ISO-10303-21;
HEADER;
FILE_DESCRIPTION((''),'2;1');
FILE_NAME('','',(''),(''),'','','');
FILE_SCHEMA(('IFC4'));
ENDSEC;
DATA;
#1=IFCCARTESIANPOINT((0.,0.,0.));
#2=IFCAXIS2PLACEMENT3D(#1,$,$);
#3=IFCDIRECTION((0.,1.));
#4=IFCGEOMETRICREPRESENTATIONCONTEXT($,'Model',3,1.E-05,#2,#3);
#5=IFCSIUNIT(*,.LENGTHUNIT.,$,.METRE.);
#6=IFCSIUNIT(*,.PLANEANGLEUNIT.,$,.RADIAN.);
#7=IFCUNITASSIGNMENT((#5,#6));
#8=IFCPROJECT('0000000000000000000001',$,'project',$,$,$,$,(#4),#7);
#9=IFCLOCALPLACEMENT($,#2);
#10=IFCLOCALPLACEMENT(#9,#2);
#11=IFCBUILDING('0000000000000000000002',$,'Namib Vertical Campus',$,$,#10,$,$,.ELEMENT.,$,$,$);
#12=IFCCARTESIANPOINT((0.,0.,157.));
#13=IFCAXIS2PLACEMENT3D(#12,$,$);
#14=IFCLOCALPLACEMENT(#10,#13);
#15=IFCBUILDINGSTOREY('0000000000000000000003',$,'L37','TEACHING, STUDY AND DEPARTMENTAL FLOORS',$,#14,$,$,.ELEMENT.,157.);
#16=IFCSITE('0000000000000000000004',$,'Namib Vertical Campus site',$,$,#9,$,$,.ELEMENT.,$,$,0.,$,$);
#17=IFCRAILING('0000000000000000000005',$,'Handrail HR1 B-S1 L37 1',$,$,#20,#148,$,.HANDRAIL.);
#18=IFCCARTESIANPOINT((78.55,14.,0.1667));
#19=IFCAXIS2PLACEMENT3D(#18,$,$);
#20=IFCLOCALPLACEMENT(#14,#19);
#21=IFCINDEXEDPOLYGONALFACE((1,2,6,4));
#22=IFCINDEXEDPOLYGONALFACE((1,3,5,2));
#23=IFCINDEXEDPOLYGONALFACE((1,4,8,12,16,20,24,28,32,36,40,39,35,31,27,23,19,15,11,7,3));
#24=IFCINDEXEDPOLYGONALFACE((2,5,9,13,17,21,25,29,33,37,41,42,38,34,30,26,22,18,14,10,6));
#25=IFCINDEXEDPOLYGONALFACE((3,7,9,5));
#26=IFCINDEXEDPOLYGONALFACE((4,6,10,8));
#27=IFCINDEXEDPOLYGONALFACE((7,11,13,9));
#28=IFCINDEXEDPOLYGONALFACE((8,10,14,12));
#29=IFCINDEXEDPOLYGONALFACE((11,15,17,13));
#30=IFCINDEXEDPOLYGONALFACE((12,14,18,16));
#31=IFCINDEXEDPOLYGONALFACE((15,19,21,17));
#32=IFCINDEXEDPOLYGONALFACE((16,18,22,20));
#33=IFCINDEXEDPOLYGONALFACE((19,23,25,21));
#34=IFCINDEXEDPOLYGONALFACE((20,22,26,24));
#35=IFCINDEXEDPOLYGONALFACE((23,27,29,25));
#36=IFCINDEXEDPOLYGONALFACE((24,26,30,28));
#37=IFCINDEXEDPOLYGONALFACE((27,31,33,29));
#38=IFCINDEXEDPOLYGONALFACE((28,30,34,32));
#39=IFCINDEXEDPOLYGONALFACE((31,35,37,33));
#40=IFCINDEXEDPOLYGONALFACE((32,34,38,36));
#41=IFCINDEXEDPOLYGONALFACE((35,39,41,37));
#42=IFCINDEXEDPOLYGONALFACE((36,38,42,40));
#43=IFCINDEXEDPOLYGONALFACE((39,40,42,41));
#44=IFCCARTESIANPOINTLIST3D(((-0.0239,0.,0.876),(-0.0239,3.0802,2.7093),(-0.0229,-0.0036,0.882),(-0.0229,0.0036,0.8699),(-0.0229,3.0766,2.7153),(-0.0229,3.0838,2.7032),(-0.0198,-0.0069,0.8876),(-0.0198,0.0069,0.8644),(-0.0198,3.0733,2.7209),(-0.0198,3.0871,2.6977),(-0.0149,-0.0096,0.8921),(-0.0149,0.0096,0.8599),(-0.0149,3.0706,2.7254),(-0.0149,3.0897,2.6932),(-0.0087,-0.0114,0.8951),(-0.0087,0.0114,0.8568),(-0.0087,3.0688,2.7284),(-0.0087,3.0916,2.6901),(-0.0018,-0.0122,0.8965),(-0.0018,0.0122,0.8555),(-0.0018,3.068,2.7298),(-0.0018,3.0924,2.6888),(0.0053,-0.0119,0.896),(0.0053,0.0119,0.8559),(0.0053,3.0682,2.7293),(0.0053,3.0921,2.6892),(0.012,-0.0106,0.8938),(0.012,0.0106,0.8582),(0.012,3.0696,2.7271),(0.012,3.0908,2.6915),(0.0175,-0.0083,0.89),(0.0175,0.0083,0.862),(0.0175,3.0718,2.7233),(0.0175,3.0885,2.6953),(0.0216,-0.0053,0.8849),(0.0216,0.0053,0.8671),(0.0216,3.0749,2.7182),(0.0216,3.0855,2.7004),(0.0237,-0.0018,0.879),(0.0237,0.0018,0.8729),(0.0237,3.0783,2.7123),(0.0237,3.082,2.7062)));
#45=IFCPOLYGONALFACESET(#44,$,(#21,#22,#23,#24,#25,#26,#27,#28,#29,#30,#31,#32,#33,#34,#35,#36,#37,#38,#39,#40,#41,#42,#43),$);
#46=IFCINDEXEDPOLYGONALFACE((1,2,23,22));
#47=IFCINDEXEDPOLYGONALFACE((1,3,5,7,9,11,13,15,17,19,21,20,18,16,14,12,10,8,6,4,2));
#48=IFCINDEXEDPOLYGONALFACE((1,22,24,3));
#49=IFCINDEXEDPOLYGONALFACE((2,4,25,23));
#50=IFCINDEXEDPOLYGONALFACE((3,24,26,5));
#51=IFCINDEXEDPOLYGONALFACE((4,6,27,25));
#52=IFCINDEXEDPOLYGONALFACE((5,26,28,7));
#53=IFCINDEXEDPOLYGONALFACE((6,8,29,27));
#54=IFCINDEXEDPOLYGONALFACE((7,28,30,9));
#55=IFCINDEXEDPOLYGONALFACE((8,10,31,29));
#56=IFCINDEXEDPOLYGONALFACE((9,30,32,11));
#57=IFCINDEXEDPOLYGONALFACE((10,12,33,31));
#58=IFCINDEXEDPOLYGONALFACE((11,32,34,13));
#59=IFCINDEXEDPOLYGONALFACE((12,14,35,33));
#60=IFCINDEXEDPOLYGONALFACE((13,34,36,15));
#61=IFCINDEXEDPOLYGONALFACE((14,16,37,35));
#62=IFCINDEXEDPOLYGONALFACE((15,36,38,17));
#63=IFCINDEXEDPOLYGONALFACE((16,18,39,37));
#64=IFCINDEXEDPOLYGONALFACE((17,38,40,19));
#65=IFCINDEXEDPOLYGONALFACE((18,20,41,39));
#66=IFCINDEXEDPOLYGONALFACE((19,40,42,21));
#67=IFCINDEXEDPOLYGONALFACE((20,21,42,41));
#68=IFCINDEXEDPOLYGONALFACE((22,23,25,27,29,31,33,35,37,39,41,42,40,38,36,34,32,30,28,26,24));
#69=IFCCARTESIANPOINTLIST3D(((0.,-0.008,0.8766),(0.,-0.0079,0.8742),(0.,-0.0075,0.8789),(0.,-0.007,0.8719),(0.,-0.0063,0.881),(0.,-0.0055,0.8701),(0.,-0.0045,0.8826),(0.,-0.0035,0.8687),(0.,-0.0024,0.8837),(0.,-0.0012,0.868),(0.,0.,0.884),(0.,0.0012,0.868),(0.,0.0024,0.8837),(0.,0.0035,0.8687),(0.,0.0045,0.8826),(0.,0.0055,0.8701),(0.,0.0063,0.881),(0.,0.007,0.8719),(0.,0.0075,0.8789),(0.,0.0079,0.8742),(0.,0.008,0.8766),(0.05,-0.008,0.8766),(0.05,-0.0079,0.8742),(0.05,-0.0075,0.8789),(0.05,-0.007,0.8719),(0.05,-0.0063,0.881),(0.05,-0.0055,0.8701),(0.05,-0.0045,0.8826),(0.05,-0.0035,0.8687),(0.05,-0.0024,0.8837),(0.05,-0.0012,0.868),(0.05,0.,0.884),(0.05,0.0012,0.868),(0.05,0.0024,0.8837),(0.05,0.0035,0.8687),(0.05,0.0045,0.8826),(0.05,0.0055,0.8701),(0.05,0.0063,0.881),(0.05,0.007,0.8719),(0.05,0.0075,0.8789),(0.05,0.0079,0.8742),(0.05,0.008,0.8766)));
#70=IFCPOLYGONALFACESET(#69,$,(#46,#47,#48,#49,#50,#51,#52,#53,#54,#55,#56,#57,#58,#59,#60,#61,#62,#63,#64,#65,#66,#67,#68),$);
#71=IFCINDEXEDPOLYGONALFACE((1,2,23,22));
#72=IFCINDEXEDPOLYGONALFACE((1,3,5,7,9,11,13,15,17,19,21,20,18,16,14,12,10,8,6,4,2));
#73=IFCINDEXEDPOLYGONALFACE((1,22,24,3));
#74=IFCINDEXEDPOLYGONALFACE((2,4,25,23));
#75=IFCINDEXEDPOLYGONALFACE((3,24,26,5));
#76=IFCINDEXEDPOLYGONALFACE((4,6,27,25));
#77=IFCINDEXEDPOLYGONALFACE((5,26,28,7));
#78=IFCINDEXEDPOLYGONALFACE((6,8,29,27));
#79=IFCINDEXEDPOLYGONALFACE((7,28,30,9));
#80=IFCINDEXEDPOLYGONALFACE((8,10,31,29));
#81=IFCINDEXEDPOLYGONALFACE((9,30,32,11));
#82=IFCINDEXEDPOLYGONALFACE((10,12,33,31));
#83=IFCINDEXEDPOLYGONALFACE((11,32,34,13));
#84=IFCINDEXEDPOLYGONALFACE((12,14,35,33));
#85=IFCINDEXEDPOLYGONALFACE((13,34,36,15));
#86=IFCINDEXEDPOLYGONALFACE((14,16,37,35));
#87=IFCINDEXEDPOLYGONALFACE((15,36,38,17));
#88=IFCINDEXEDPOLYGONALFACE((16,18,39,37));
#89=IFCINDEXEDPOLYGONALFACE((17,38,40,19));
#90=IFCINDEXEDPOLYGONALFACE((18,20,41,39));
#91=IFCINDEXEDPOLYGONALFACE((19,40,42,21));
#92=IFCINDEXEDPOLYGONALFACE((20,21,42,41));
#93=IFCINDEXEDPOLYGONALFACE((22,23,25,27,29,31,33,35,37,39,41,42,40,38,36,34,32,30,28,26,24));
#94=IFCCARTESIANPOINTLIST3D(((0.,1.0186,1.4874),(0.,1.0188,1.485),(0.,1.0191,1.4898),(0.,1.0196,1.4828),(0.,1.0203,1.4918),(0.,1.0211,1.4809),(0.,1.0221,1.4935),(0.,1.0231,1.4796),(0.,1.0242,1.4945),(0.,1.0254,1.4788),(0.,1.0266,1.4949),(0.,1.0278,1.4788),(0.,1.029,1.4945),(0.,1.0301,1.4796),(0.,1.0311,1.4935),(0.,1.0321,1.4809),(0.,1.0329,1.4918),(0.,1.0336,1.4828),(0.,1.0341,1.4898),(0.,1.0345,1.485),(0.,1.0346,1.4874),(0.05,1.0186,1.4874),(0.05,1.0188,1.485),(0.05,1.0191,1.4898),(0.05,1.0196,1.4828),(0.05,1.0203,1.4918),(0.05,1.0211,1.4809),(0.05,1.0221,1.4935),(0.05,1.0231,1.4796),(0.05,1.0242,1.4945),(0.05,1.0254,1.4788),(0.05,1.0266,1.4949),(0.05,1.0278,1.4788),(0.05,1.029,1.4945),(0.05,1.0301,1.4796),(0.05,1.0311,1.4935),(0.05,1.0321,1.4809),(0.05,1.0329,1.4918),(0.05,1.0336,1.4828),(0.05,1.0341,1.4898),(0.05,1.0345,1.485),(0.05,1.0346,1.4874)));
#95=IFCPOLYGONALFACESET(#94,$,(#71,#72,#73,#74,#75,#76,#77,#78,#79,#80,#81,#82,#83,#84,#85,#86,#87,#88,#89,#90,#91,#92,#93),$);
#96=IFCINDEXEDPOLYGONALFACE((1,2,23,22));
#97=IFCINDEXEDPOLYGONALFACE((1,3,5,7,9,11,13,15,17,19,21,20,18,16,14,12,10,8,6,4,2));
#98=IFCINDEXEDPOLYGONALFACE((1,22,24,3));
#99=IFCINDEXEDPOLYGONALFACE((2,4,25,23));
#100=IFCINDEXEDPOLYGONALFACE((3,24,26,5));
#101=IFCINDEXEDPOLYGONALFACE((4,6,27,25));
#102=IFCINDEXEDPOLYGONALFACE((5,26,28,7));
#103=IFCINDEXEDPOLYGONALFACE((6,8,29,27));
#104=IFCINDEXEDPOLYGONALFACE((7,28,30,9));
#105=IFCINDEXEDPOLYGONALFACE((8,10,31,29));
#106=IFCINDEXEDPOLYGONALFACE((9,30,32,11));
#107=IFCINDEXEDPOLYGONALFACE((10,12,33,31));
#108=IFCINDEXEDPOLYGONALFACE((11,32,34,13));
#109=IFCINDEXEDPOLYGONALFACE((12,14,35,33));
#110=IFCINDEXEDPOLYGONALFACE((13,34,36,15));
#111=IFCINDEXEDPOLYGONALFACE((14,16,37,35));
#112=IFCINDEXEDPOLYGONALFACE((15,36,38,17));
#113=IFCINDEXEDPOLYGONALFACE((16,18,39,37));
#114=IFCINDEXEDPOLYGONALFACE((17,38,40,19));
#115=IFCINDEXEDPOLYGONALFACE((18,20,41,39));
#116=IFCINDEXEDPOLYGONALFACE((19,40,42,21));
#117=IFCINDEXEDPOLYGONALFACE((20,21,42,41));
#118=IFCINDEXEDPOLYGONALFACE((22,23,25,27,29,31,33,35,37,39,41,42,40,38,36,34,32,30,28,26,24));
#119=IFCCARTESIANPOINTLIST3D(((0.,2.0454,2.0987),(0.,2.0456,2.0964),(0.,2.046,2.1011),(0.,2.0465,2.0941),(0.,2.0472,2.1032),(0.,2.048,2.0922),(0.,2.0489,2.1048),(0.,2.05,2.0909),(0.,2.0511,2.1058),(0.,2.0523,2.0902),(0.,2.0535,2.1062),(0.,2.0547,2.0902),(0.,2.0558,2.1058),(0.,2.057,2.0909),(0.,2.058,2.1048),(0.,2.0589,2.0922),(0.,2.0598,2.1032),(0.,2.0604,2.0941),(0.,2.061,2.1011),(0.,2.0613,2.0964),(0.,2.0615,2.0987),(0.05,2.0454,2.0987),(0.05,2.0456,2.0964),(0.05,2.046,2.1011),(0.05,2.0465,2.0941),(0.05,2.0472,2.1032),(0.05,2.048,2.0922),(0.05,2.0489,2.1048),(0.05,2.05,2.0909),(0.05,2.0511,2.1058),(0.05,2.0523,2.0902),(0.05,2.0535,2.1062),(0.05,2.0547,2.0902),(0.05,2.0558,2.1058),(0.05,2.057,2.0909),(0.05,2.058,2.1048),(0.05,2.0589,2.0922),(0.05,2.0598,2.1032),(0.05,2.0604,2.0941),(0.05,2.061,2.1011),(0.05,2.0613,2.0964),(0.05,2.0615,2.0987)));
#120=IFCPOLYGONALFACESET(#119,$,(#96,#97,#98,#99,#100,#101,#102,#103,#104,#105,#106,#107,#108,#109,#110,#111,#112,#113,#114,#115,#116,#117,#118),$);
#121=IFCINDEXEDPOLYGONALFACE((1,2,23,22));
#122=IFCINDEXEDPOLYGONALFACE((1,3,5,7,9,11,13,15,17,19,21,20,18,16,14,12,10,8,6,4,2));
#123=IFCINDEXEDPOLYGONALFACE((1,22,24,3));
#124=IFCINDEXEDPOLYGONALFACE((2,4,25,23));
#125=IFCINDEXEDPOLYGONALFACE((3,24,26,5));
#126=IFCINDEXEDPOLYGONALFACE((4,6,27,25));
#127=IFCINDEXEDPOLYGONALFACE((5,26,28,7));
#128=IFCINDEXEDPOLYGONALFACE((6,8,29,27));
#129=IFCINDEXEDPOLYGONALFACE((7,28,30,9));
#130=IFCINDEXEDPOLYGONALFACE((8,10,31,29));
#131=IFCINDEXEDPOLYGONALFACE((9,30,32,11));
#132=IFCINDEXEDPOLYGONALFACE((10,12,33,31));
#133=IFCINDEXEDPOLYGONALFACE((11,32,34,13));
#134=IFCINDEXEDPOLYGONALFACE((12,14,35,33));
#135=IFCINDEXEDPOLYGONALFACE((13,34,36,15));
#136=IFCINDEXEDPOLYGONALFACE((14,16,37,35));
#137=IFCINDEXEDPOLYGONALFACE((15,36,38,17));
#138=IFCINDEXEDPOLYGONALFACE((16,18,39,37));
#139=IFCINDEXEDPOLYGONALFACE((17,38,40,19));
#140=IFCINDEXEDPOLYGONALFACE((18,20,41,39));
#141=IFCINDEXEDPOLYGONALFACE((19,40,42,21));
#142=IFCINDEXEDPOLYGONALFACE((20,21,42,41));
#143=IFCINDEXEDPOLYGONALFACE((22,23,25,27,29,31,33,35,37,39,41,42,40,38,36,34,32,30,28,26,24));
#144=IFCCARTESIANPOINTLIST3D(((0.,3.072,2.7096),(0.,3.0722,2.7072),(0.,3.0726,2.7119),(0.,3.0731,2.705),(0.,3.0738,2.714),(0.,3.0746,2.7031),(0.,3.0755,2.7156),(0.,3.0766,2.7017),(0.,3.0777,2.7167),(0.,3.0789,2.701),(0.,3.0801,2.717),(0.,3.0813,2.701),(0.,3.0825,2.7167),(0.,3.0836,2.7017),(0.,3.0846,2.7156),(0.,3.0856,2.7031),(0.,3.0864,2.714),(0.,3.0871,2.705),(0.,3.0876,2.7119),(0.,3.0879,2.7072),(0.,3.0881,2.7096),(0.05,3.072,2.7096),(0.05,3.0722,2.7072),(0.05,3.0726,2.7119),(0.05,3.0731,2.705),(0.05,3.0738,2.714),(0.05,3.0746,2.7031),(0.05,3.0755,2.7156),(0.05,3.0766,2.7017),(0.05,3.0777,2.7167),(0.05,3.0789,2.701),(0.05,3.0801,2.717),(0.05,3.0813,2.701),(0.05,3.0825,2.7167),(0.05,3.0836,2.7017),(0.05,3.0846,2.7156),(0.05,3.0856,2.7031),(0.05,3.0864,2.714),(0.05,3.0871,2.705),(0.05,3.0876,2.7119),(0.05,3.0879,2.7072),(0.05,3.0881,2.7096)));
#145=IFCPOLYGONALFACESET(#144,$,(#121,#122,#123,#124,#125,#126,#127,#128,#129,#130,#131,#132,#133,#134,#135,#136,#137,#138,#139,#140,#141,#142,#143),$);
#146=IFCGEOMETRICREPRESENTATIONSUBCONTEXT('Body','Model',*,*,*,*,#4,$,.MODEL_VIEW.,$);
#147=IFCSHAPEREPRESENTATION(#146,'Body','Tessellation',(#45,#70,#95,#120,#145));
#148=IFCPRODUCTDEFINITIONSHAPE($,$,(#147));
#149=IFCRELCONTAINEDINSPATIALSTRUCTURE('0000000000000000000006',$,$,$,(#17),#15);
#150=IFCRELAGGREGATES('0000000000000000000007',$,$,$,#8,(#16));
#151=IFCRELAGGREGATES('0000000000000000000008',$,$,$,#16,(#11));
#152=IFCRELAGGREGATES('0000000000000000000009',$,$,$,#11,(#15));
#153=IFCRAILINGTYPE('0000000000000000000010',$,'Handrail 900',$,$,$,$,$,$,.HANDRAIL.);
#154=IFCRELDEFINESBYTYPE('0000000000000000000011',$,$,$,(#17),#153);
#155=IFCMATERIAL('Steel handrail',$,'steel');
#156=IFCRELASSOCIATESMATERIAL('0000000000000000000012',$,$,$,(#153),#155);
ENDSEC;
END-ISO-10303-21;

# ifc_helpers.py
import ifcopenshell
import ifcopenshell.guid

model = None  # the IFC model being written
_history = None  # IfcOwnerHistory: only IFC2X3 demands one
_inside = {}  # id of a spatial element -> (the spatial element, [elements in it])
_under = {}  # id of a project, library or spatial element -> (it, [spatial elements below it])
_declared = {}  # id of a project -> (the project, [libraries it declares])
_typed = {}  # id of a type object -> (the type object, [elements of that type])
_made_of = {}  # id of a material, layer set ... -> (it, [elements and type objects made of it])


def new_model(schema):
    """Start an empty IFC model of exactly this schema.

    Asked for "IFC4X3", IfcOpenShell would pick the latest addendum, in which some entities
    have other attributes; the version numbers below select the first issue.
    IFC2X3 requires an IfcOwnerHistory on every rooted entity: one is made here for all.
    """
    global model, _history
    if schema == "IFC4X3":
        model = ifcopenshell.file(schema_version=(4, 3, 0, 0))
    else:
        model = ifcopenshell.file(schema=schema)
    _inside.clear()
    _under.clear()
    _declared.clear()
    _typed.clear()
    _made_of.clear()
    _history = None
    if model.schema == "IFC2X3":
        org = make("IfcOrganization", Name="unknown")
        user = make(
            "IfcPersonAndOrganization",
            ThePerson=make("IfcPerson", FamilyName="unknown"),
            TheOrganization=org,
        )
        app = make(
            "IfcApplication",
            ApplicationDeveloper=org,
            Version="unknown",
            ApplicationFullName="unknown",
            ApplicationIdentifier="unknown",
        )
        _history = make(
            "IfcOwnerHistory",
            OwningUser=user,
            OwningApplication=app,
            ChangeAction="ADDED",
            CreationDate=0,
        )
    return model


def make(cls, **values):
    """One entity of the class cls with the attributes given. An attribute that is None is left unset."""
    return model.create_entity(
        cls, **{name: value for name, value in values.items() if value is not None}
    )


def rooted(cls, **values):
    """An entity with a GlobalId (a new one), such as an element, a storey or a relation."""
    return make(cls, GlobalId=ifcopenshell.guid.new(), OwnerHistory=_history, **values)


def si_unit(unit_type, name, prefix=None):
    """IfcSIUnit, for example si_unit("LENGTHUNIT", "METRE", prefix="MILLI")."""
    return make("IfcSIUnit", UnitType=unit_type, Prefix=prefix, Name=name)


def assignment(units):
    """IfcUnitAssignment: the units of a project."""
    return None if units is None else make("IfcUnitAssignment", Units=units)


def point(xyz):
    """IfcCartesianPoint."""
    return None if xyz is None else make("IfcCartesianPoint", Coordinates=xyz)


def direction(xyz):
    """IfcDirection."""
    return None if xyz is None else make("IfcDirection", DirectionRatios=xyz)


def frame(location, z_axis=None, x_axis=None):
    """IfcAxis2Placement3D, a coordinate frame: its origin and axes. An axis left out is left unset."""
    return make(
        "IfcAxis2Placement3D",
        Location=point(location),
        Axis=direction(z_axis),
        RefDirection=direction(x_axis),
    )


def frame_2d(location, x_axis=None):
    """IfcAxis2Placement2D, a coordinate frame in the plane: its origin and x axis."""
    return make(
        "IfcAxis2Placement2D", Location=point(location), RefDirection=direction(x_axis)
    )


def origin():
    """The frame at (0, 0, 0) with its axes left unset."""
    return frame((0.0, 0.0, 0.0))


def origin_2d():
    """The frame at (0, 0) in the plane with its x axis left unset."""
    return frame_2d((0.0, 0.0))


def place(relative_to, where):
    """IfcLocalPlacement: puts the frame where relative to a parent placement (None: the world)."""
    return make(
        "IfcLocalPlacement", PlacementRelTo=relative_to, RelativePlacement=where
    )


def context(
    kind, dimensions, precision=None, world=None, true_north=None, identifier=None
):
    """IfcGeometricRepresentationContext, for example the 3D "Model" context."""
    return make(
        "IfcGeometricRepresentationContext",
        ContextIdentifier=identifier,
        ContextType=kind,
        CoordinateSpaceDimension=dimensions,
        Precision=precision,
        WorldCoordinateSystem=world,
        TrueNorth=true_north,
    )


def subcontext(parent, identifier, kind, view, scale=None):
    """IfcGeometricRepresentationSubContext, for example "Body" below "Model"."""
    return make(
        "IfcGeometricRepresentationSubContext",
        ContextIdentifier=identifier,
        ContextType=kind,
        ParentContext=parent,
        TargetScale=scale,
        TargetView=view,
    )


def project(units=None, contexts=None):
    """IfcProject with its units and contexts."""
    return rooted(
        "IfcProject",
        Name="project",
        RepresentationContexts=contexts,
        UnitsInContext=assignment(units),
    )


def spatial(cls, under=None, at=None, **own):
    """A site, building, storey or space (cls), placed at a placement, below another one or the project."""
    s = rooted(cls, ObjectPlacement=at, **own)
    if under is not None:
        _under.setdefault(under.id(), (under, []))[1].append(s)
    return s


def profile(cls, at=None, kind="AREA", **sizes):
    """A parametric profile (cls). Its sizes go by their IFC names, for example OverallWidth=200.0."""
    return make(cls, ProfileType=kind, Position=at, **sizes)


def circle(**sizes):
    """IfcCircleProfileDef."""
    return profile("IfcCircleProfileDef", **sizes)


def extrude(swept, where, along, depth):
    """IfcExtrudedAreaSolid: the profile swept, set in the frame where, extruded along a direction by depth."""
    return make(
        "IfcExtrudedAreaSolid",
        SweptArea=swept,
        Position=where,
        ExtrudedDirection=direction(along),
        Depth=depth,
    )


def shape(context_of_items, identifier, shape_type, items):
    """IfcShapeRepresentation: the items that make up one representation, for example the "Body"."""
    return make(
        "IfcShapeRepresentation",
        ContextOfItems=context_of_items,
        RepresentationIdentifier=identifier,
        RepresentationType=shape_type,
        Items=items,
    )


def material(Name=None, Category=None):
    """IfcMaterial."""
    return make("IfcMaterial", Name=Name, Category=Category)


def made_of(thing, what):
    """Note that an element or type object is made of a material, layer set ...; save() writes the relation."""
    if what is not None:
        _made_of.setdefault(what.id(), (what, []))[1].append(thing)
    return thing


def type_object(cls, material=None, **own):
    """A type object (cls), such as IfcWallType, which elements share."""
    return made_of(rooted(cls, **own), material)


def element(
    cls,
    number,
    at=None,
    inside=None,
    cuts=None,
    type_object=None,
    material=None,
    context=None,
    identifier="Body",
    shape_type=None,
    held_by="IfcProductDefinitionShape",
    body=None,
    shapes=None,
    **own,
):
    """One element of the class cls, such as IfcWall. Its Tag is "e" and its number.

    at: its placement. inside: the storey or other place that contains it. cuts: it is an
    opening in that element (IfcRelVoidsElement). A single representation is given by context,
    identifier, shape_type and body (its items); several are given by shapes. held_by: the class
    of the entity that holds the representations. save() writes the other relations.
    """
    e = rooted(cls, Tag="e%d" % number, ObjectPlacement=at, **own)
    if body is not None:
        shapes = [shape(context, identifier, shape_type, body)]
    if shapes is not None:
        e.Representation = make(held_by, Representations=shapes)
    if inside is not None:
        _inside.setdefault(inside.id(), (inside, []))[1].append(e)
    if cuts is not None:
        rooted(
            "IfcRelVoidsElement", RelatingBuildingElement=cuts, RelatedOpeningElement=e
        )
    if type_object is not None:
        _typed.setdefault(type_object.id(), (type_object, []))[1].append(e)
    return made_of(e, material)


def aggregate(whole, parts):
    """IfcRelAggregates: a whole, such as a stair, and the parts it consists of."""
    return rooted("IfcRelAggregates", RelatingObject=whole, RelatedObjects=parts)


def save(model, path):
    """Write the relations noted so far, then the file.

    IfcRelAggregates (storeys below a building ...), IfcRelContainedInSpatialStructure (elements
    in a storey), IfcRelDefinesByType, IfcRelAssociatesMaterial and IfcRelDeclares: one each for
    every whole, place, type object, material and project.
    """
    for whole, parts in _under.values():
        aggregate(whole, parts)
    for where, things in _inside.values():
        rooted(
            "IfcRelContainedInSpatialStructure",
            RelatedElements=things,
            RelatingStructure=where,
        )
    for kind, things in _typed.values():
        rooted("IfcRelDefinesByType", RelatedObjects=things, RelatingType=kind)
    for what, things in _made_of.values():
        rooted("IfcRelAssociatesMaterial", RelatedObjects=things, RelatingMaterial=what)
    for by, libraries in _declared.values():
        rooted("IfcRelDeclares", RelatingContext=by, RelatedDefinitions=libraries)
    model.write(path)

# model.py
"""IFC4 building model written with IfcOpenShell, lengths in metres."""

from ifc_helpers import new_model, si_unit, direction, frame, origin, origin_2d, place, context, subcontext, project, spatial, circle, extrude, material, type_object, element, save


model = new_model("IFC4")

# Units and contexts
model_context = context("Model", 3, precision=1e-05, world=origin(), true_north=direction((0.0, 1.0)))
body_context = subcontext(model_context, "Body", "Model", "MODEL_VIEW")
ifc_project = project(units=[si_unit("LENGTHUNIT", "METRE"), si_unit("PLANEANGLEUNIT", "RADIAN")], contexts=[model_context])

# Site, building, storey
site_placement = place(None, origin())
site = spatial("IfcSite", under=ifc_project, at=site_placement, Name="Namib Vertical Campus site", CompositionType="ELEMENT", RefElevation=0.0)
building_placement = place(site_placement, origin())
building = spatial("IfcBuilding", under=site, at=building_placement, Name="Namib Vertical Campus", CompositionType="ELEMENT")
storey_placement = place(building_placement, frame((0.0, 0.0, 157.0)))
storey = spatial("IfcBuildingStorey", under=building, at=storey_placement, Name="L37", Description="TEACHING, STUDY AND DEPARTMENTAL FLOORS", CompositionType="ELEMENT", Elevation=157.0)

# Railing
ifc_material_1 = material(Name="Steel handrail", Category="steel")
railing_type_1 = type_object("IfcRailingType", Name="Handrail 900", PredefinedType="HANDRAIL", material=ifc_material_1)
railing_1_placement = place(storey_placement, frame((78.55, 14.0, 0.1667)))
element("IfcRailing", 1, at=railing_1_placement, inside=storey, type_object=railing_type_1, Name="Handrail HR1 B-S1 L37 1", PredefinedType="HANDRAIL", context=body_context, shape_type="SweptSolid", body=[
    extrude(circle(Radius=0.0239, at=origin_2d()), frame((0.0, 0.0, 0.876), z_axis=(0.0, 0.859309, 0.511458), x_axis=(-1.0, 0.0, 0.0)), (0.0, 0.0, 1.0), 3.5845),
    extrude(circle(Radius=0.0081, at=origin_2d()), frame((0.0, 0.0, 0.876), z_axis=(1.0, 0.0, 0.0), x_axis=(0.0, 0.0, 1.0)), (0.0, 0.0, 1.0), 0.05),
    extrude(circle(Radius=0.0081, at=origin_2d()), frame((0.0, 1.0266, 1.4868), z_axis=(1.0, 0.0, 0.0), x_axis=(0.0, 0.0, 1.0)), (0.0, 0.0, 1.0), 0.05),
    extrude(circle(Radius=0.0081, at=origin_2d()), frame((0.0, 2.0535, 2.0981), z_axis=(1.0, 0.0, 0.0), x_axis=(0.0, 0.0, 1.0)), (0.0, 0.0, 1.0), 0.05),
    extrude(circle(Radius=0.0081, at=origin_2d()), frame((0.0, 3.0801, 2.709), z_axis=(1.0, 0.0, 0.0), x_axis=(0.0, 0.0, 1.0)), (0.0, 0.0, 1.0), 0.05),
])

save(model, "model.ifc")
